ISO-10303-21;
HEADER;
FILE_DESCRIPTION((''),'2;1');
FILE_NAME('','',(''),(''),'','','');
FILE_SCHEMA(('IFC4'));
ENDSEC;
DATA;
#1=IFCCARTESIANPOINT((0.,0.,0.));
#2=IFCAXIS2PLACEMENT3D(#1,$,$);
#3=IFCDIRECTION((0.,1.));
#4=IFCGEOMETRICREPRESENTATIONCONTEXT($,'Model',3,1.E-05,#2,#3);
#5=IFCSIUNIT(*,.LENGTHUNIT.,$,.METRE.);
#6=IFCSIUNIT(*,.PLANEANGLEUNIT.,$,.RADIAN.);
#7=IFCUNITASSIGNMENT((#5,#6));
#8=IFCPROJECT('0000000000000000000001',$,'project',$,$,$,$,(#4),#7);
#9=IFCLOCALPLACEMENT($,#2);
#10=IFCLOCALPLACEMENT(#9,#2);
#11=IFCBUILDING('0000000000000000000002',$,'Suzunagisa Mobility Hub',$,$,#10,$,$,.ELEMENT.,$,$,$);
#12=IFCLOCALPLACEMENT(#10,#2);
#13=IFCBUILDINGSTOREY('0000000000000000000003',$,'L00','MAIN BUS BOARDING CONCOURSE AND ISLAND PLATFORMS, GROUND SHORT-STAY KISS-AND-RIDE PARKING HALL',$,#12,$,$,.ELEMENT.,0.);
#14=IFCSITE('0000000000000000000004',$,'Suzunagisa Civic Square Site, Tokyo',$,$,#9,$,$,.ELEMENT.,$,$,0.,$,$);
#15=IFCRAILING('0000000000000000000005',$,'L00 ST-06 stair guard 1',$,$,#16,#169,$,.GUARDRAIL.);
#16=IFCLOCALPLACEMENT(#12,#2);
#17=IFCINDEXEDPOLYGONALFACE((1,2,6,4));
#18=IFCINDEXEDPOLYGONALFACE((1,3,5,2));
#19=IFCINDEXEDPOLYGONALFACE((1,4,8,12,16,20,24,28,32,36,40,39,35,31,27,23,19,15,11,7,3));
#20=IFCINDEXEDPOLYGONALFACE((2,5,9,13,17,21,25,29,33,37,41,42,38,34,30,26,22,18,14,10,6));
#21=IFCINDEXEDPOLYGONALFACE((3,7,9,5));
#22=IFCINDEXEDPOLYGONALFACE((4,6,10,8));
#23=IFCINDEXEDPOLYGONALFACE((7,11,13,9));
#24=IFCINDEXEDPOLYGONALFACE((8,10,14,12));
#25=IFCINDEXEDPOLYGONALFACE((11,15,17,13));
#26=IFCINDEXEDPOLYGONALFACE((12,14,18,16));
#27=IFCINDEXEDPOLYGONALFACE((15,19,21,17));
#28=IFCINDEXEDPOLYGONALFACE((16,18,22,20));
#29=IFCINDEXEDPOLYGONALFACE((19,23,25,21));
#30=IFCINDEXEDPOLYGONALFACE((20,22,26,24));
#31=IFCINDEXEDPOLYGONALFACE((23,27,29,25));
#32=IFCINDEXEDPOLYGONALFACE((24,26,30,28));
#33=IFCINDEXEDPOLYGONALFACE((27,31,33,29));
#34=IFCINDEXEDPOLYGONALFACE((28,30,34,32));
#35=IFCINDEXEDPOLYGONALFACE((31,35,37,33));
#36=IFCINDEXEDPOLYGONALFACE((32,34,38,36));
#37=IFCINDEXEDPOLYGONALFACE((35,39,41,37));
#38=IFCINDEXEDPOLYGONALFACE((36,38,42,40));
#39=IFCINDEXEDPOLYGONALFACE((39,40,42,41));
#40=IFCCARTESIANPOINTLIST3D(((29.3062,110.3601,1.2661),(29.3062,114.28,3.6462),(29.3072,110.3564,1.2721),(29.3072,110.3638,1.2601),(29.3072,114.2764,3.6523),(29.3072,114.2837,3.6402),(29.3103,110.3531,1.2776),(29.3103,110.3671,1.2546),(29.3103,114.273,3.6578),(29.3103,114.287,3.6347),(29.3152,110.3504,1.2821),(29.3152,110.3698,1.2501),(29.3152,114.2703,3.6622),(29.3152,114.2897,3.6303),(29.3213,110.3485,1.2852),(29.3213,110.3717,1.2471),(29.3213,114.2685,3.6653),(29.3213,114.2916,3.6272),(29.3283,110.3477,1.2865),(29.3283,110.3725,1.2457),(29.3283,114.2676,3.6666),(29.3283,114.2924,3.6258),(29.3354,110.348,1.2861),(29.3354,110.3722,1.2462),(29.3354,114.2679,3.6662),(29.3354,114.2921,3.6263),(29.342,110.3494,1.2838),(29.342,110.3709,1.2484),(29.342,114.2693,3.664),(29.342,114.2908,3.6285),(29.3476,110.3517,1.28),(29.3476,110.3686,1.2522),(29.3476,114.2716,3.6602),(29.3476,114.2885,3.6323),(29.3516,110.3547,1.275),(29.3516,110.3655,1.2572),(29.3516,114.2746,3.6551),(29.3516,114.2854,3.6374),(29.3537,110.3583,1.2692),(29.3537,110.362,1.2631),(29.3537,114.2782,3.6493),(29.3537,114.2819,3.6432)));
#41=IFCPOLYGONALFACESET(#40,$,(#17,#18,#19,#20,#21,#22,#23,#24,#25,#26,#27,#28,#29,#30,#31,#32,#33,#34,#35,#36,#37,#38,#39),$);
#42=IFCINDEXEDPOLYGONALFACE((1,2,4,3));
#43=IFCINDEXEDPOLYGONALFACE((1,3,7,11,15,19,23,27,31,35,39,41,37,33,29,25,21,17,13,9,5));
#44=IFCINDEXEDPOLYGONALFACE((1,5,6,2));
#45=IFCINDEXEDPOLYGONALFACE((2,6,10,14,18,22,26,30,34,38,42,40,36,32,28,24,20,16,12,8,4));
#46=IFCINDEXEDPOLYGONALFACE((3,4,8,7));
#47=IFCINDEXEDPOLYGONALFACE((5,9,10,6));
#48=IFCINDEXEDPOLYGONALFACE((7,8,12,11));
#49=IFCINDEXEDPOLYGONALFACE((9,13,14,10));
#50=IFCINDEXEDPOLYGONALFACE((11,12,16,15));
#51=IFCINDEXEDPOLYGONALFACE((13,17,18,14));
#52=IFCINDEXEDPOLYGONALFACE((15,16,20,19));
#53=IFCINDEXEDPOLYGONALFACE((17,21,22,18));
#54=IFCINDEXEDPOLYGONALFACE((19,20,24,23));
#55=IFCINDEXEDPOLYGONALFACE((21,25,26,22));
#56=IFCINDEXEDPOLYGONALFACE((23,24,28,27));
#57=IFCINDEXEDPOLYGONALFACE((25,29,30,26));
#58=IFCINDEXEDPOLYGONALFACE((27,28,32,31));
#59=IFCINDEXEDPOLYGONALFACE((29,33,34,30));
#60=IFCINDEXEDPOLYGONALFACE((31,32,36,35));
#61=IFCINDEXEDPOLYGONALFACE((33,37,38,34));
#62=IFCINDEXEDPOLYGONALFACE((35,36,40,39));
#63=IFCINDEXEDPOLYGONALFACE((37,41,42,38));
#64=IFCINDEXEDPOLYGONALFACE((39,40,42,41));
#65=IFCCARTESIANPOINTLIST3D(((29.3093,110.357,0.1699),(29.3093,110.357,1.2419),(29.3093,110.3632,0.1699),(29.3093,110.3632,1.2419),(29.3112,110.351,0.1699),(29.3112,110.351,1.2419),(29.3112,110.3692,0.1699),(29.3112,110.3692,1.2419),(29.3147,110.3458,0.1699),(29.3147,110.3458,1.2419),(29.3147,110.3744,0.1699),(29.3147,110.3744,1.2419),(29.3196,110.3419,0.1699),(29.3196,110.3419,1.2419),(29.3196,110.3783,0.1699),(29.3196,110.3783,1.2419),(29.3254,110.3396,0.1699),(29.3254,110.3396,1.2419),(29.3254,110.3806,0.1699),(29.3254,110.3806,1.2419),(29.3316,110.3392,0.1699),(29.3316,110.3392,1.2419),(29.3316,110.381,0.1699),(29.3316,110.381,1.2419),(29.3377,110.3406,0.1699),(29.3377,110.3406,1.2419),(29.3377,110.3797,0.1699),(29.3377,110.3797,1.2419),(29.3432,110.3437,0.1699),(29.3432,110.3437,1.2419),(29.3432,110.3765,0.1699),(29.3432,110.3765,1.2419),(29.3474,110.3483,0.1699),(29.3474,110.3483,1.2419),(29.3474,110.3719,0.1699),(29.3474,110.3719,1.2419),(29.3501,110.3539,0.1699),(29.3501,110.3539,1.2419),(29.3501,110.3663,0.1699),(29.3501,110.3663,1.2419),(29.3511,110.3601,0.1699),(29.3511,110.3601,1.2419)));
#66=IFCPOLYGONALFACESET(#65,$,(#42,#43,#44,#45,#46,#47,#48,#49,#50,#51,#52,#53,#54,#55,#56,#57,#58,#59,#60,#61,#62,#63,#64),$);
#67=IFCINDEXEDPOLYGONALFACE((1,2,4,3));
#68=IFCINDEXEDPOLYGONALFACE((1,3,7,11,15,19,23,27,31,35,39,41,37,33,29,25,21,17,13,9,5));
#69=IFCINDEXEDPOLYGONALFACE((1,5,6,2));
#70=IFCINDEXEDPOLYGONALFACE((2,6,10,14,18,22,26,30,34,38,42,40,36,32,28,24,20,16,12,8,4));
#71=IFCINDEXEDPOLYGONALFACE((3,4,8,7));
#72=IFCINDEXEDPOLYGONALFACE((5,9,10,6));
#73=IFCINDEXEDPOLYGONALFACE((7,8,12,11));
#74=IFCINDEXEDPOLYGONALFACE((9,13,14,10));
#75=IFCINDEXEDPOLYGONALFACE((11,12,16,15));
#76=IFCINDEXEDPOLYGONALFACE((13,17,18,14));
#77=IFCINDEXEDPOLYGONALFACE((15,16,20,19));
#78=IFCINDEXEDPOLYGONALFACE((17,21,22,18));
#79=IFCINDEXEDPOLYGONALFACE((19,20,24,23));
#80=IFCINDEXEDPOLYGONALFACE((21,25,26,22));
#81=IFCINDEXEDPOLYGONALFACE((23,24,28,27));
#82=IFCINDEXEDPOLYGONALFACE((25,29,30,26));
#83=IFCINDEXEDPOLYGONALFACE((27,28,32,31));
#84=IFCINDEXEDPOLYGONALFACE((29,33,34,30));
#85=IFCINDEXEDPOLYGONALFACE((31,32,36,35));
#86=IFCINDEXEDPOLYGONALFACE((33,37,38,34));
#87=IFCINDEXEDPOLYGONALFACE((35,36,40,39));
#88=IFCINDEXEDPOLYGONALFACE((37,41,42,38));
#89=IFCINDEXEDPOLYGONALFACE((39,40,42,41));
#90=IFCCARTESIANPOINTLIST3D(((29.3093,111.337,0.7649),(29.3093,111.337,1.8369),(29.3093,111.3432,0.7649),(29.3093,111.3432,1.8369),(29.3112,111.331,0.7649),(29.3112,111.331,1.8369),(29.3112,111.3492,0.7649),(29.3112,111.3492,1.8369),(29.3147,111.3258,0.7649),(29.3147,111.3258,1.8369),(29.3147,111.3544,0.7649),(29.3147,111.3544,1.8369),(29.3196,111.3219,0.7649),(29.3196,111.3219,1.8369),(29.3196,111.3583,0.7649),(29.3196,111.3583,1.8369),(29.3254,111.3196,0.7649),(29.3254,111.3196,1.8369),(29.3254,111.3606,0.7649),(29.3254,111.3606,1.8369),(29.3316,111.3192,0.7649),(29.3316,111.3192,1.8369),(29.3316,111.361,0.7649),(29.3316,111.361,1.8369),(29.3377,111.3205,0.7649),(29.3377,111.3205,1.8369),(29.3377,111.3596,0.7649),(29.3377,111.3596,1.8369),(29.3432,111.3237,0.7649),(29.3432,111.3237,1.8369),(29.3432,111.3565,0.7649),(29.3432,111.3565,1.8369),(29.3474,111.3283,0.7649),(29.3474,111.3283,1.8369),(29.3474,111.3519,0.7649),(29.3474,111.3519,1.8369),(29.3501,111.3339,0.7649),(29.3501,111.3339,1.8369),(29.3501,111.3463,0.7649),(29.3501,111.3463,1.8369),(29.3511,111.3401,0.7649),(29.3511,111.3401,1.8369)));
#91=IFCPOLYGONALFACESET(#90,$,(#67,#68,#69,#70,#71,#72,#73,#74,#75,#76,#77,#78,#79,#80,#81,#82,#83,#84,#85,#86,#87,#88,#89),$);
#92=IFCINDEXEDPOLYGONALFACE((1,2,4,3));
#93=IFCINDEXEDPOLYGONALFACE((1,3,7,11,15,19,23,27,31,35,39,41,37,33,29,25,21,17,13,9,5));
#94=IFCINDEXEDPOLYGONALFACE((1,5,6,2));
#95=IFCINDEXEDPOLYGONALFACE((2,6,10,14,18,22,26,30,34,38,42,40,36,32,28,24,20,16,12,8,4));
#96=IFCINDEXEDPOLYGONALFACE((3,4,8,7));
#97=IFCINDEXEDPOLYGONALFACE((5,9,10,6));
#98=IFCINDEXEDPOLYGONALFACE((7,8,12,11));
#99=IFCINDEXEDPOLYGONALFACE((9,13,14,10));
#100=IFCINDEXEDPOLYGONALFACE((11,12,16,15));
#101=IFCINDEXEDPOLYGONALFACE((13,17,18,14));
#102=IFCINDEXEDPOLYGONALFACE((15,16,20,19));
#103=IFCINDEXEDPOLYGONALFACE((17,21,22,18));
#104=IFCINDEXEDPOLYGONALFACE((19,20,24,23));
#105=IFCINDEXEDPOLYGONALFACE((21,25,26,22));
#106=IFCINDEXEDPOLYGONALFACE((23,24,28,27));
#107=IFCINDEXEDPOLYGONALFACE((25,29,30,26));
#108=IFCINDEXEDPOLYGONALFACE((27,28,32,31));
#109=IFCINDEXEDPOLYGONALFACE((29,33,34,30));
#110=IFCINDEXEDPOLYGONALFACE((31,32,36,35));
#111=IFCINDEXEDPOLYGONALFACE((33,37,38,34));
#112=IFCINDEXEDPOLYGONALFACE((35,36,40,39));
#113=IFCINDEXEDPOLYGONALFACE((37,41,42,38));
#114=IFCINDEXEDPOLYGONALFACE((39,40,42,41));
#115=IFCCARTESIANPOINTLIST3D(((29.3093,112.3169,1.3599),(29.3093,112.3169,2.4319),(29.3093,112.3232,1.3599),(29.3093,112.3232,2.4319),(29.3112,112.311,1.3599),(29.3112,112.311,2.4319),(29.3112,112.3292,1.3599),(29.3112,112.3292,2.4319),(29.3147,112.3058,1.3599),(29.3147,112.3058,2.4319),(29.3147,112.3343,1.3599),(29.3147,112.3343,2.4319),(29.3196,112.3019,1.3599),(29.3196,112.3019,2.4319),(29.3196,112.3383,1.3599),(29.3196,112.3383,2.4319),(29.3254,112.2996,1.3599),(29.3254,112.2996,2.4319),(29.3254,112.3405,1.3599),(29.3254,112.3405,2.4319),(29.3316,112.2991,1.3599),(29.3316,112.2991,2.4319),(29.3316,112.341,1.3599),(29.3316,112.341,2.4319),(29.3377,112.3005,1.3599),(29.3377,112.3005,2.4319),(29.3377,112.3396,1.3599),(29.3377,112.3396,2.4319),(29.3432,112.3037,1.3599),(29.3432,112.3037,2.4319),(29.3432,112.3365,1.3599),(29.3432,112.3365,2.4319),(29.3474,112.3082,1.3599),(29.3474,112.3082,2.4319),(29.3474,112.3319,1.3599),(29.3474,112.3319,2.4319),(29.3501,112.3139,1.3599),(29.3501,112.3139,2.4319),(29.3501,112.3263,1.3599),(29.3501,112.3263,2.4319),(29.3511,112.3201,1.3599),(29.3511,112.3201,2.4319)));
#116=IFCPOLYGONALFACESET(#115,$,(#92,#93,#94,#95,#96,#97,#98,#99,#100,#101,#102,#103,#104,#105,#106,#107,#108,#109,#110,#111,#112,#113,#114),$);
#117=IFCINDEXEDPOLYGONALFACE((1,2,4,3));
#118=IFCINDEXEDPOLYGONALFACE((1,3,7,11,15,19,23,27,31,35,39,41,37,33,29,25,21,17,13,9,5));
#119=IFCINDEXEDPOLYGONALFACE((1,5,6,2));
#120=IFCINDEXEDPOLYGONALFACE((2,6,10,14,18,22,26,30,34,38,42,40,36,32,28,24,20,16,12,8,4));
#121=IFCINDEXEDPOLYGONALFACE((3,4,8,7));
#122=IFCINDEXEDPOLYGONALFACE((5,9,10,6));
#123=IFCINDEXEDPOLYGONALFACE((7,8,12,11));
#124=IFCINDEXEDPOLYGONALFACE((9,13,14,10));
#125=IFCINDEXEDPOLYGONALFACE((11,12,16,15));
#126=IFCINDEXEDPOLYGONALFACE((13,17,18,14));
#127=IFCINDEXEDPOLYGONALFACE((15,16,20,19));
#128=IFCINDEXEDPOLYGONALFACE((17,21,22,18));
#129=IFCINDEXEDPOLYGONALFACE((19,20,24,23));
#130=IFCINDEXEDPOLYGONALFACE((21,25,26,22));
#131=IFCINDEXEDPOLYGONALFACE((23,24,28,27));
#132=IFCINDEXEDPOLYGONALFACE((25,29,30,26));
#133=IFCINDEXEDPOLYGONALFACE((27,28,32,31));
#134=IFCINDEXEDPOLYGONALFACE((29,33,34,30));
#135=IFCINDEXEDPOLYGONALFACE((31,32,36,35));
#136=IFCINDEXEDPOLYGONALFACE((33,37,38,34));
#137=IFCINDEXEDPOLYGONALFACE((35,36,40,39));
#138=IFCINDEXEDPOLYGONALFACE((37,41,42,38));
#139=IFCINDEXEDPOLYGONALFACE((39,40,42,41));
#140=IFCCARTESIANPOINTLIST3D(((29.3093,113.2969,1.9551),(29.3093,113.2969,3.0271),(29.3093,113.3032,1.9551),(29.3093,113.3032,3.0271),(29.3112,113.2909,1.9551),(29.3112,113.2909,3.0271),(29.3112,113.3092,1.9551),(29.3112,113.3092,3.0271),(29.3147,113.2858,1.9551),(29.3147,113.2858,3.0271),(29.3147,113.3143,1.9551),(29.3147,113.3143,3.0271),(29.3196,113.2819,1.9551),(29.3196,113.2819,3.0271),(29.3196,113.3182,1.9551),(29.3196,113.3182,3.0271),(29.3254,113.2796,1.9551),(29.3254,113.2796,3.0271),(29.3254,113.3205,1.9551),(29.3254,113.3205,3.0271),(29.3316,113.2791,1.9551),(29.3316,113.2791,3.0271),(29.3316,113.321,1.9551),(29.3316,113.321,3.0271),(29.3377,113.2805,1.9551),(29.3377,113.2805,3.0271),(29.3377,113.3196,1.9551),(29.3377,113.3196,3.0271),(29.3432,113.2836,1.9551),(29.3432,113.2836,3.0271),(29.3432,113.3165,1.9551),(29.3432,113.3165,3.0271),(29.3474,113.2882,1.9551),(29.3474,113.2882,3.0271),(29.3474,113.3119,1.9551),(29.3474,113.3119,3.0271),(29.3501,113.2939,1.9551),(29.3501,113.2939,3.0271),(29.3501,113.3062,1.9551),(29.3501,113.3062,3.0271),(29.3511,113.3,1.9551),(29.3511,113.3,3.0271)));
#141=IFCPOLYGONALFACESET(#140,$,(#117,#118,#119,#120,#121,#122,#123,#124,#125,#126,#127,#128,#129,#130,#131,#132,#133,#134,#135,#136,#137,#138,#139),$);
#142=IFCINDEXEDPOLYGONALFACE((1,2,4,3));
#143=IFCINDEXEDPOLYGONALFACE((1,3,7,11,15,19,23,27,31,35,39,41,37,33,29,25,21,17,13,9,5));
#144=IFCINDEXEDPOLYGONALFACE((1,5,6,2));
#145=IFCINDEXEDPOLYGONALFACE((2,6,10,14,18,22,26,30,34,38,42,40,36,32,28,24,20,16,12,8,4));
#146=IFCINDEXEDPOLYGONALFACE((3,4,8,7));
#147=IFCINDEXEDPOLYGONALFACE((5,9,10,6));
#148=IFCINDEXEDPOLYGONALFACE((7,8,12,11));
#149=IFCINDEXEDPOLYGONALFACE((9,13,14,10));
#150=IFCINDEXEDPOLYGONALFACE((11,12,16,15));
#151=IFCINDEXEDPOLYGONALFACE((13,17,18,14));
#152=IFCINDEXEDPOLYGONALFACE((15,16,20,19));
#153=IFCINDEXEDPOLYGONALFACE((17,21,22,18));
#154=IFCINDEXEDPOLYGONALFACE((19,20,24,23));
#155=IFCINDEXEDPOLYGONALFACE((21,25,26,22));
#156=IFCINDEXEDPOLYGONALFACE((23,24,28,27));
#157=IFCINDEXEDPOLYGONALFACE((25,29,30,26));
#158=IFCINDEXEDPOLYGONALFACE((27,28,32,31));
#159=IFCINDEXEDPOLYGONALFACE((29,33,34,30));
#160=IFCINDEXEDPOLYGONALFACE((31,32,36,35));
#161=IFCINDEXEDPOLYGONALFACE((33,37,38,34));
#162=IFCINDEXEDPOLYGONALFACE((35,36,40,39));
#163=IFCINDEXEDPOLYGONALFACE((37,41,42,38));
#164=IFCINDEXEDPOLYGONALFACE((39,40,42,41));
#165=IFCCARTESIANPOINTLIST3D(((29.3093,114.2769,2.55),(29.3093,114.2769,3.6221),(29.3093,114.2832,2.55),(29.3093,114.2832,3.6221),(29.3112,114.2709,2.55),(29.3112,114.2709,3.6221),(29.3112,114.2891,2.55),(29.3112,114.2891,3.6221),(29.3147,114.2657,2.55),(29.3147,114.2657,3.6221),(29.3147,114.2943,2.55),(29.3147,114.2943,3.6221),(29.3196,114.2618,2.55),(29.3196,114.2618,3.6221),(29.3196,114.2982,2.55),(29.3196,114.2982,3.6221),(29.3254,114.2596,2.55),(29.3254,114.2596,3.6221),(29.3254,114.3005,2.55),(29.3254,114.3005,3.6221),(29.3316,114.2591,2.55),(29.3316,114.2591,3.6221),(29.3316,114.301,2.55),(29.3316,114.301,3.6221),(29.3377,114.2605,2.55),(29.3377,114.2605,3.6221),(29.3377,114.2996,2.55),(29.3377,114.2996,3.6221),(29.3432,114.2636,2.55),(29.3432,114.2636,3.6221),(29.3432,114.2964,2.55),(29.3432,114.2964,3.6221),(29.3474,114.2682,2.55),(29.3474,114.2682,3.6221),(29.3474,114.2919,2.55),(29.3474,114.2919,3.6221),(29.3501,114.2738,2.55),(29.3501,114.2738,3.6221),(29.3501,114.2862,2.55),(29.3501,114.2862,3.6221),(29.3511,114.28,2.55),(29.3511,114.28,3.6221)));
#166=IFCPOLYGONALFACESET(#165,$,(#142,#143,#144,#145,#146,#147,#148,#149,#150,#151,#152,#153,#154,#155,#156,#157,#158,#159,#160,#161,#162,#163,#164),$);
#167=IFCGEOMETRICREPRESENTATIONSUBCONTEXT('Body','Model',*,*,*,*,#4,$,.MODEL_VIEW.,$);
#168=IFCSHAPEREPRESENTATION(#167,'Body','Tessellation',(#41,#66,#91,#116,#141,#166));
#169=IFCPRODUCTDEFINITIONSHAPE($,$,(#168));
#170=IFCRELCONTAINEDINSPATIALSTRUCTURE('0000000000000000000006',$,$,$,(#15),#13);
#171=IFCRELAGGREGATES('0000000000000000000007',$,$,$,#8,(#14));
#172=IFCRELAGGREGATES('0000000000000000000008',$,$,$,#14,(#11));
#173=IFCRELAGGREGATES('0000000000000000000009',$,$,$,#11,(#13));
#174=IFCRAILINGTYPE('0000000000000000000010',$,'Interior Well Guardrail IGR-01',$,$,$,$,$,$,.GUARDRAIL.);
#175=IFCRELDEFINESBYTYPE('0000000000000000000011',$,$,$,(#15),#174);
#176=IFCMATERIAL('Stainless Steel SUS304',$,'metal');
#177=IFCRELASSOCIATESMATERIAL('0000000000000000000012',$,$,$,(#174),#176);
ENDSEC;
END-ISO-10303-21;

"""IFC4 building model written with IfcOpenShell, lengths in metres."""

from ifc_helpers import new_model, si_unit, direction, frame, origin, origin_2d, place, context, subcontext, project, spatial, circle, extrude, material, type_object, element, save


model = new_model("IFC4")

# Units and contexts
model_context = context("Model", 3, precision=1e-05, world=origin(), true_north=direction((0.0, 1.0)))
body_context = subcontext(model_context, "Body", "Model", "MODEL_VIEW")
ifc_project = project(units=[si_unit("LENGTHUNIT", "METRE"), si_unit("PLANEANGLEUNIT", "RADIAN")], contexts=[model_context])

# Site, building, storey
site_placement = place(None, origin())
site = spatial("IfcSite", under=ifc_project, at=site_placement, Name="Suzunagisa Civic Square Site, Tokyo", CompositionType="ELEMENT", RefElevation=0.0)
building_placement = place(site_placement, origin())
building = spatial("IfcBuilding", under=site, at=building_placement, Name="Suzunagisa Mobility Hub", CompositionType="ELEMENT")
storey_placement = place(building_placement, origin())
storey = spatial("IfcBuildingStorey", under=building, at=storey_placement, Name="L00", Description="MAIN BUS BOARDING CONCOURSE AND ISLAND PLATFORMS, GROUND SHORT-STAY KISS-AND-RIDE PARKING HALL", CompositionType="ELEMENT", Elevation=0.0)

# Railing
ifc_material_1 = material(Name="Stainless Steel SUS304", Category="metal")
railing_type_1 = type_object("IfcRailingType", Name="Interior Well Guardrail IGR-01", PredefinedType="GUARDRAIL", material=ifc_material_1)
railing_1_placement = place(storey_placement, frame((29.3301, 110.3601, 0.1699)))
element("IfcRailing", 1, at=railing_1_placement, inside=storey, type_object=railing_type_1, Name="L00 ST-06 stair guard 1", PredefinedType="GUARDRAIL", context=body_context, shape_type="SweptSolid", body=[
    extrude(circle(Radius=0.0239, at=origin_2d()), frame((0.0, 0.0, 1.0962), z_axis=(0.0, 0.854771, 0.519006), x_axis=(-1.0, 0.0, 0.0)), (0.0, 0.0, 1.0), 4.5859),
    extrude(circle(Radius=0.021, at=origin_2d()), origin(), (0.0, 0.0, 1.0), 1.072),
    extrude(circle(Radius=0.021, at=origin_2d()), frame((0.0, 0.98, 0.595)), (0.0, 0.0, 1.0), 1.072),
    extrude(circle(Radius=0.021, at=origin_2d()), frame((0.0, 1.96, 1.1899)), (0.0, 0.0, 1.0), 1.072),
    extrude(circle(Radius=0.021, at=origin_2d()), frame((0.0, 2.9399, 1.7852)), (0.0, 0.0, 1.0), 1.072),
    extrude(circle(Radius=0.021, at=origin_2d()), frame((0.0, 3.9199, 2.3801)), (0.0, 0.0, 1.0), 1.072),
])

save(model, "model.ifc")
